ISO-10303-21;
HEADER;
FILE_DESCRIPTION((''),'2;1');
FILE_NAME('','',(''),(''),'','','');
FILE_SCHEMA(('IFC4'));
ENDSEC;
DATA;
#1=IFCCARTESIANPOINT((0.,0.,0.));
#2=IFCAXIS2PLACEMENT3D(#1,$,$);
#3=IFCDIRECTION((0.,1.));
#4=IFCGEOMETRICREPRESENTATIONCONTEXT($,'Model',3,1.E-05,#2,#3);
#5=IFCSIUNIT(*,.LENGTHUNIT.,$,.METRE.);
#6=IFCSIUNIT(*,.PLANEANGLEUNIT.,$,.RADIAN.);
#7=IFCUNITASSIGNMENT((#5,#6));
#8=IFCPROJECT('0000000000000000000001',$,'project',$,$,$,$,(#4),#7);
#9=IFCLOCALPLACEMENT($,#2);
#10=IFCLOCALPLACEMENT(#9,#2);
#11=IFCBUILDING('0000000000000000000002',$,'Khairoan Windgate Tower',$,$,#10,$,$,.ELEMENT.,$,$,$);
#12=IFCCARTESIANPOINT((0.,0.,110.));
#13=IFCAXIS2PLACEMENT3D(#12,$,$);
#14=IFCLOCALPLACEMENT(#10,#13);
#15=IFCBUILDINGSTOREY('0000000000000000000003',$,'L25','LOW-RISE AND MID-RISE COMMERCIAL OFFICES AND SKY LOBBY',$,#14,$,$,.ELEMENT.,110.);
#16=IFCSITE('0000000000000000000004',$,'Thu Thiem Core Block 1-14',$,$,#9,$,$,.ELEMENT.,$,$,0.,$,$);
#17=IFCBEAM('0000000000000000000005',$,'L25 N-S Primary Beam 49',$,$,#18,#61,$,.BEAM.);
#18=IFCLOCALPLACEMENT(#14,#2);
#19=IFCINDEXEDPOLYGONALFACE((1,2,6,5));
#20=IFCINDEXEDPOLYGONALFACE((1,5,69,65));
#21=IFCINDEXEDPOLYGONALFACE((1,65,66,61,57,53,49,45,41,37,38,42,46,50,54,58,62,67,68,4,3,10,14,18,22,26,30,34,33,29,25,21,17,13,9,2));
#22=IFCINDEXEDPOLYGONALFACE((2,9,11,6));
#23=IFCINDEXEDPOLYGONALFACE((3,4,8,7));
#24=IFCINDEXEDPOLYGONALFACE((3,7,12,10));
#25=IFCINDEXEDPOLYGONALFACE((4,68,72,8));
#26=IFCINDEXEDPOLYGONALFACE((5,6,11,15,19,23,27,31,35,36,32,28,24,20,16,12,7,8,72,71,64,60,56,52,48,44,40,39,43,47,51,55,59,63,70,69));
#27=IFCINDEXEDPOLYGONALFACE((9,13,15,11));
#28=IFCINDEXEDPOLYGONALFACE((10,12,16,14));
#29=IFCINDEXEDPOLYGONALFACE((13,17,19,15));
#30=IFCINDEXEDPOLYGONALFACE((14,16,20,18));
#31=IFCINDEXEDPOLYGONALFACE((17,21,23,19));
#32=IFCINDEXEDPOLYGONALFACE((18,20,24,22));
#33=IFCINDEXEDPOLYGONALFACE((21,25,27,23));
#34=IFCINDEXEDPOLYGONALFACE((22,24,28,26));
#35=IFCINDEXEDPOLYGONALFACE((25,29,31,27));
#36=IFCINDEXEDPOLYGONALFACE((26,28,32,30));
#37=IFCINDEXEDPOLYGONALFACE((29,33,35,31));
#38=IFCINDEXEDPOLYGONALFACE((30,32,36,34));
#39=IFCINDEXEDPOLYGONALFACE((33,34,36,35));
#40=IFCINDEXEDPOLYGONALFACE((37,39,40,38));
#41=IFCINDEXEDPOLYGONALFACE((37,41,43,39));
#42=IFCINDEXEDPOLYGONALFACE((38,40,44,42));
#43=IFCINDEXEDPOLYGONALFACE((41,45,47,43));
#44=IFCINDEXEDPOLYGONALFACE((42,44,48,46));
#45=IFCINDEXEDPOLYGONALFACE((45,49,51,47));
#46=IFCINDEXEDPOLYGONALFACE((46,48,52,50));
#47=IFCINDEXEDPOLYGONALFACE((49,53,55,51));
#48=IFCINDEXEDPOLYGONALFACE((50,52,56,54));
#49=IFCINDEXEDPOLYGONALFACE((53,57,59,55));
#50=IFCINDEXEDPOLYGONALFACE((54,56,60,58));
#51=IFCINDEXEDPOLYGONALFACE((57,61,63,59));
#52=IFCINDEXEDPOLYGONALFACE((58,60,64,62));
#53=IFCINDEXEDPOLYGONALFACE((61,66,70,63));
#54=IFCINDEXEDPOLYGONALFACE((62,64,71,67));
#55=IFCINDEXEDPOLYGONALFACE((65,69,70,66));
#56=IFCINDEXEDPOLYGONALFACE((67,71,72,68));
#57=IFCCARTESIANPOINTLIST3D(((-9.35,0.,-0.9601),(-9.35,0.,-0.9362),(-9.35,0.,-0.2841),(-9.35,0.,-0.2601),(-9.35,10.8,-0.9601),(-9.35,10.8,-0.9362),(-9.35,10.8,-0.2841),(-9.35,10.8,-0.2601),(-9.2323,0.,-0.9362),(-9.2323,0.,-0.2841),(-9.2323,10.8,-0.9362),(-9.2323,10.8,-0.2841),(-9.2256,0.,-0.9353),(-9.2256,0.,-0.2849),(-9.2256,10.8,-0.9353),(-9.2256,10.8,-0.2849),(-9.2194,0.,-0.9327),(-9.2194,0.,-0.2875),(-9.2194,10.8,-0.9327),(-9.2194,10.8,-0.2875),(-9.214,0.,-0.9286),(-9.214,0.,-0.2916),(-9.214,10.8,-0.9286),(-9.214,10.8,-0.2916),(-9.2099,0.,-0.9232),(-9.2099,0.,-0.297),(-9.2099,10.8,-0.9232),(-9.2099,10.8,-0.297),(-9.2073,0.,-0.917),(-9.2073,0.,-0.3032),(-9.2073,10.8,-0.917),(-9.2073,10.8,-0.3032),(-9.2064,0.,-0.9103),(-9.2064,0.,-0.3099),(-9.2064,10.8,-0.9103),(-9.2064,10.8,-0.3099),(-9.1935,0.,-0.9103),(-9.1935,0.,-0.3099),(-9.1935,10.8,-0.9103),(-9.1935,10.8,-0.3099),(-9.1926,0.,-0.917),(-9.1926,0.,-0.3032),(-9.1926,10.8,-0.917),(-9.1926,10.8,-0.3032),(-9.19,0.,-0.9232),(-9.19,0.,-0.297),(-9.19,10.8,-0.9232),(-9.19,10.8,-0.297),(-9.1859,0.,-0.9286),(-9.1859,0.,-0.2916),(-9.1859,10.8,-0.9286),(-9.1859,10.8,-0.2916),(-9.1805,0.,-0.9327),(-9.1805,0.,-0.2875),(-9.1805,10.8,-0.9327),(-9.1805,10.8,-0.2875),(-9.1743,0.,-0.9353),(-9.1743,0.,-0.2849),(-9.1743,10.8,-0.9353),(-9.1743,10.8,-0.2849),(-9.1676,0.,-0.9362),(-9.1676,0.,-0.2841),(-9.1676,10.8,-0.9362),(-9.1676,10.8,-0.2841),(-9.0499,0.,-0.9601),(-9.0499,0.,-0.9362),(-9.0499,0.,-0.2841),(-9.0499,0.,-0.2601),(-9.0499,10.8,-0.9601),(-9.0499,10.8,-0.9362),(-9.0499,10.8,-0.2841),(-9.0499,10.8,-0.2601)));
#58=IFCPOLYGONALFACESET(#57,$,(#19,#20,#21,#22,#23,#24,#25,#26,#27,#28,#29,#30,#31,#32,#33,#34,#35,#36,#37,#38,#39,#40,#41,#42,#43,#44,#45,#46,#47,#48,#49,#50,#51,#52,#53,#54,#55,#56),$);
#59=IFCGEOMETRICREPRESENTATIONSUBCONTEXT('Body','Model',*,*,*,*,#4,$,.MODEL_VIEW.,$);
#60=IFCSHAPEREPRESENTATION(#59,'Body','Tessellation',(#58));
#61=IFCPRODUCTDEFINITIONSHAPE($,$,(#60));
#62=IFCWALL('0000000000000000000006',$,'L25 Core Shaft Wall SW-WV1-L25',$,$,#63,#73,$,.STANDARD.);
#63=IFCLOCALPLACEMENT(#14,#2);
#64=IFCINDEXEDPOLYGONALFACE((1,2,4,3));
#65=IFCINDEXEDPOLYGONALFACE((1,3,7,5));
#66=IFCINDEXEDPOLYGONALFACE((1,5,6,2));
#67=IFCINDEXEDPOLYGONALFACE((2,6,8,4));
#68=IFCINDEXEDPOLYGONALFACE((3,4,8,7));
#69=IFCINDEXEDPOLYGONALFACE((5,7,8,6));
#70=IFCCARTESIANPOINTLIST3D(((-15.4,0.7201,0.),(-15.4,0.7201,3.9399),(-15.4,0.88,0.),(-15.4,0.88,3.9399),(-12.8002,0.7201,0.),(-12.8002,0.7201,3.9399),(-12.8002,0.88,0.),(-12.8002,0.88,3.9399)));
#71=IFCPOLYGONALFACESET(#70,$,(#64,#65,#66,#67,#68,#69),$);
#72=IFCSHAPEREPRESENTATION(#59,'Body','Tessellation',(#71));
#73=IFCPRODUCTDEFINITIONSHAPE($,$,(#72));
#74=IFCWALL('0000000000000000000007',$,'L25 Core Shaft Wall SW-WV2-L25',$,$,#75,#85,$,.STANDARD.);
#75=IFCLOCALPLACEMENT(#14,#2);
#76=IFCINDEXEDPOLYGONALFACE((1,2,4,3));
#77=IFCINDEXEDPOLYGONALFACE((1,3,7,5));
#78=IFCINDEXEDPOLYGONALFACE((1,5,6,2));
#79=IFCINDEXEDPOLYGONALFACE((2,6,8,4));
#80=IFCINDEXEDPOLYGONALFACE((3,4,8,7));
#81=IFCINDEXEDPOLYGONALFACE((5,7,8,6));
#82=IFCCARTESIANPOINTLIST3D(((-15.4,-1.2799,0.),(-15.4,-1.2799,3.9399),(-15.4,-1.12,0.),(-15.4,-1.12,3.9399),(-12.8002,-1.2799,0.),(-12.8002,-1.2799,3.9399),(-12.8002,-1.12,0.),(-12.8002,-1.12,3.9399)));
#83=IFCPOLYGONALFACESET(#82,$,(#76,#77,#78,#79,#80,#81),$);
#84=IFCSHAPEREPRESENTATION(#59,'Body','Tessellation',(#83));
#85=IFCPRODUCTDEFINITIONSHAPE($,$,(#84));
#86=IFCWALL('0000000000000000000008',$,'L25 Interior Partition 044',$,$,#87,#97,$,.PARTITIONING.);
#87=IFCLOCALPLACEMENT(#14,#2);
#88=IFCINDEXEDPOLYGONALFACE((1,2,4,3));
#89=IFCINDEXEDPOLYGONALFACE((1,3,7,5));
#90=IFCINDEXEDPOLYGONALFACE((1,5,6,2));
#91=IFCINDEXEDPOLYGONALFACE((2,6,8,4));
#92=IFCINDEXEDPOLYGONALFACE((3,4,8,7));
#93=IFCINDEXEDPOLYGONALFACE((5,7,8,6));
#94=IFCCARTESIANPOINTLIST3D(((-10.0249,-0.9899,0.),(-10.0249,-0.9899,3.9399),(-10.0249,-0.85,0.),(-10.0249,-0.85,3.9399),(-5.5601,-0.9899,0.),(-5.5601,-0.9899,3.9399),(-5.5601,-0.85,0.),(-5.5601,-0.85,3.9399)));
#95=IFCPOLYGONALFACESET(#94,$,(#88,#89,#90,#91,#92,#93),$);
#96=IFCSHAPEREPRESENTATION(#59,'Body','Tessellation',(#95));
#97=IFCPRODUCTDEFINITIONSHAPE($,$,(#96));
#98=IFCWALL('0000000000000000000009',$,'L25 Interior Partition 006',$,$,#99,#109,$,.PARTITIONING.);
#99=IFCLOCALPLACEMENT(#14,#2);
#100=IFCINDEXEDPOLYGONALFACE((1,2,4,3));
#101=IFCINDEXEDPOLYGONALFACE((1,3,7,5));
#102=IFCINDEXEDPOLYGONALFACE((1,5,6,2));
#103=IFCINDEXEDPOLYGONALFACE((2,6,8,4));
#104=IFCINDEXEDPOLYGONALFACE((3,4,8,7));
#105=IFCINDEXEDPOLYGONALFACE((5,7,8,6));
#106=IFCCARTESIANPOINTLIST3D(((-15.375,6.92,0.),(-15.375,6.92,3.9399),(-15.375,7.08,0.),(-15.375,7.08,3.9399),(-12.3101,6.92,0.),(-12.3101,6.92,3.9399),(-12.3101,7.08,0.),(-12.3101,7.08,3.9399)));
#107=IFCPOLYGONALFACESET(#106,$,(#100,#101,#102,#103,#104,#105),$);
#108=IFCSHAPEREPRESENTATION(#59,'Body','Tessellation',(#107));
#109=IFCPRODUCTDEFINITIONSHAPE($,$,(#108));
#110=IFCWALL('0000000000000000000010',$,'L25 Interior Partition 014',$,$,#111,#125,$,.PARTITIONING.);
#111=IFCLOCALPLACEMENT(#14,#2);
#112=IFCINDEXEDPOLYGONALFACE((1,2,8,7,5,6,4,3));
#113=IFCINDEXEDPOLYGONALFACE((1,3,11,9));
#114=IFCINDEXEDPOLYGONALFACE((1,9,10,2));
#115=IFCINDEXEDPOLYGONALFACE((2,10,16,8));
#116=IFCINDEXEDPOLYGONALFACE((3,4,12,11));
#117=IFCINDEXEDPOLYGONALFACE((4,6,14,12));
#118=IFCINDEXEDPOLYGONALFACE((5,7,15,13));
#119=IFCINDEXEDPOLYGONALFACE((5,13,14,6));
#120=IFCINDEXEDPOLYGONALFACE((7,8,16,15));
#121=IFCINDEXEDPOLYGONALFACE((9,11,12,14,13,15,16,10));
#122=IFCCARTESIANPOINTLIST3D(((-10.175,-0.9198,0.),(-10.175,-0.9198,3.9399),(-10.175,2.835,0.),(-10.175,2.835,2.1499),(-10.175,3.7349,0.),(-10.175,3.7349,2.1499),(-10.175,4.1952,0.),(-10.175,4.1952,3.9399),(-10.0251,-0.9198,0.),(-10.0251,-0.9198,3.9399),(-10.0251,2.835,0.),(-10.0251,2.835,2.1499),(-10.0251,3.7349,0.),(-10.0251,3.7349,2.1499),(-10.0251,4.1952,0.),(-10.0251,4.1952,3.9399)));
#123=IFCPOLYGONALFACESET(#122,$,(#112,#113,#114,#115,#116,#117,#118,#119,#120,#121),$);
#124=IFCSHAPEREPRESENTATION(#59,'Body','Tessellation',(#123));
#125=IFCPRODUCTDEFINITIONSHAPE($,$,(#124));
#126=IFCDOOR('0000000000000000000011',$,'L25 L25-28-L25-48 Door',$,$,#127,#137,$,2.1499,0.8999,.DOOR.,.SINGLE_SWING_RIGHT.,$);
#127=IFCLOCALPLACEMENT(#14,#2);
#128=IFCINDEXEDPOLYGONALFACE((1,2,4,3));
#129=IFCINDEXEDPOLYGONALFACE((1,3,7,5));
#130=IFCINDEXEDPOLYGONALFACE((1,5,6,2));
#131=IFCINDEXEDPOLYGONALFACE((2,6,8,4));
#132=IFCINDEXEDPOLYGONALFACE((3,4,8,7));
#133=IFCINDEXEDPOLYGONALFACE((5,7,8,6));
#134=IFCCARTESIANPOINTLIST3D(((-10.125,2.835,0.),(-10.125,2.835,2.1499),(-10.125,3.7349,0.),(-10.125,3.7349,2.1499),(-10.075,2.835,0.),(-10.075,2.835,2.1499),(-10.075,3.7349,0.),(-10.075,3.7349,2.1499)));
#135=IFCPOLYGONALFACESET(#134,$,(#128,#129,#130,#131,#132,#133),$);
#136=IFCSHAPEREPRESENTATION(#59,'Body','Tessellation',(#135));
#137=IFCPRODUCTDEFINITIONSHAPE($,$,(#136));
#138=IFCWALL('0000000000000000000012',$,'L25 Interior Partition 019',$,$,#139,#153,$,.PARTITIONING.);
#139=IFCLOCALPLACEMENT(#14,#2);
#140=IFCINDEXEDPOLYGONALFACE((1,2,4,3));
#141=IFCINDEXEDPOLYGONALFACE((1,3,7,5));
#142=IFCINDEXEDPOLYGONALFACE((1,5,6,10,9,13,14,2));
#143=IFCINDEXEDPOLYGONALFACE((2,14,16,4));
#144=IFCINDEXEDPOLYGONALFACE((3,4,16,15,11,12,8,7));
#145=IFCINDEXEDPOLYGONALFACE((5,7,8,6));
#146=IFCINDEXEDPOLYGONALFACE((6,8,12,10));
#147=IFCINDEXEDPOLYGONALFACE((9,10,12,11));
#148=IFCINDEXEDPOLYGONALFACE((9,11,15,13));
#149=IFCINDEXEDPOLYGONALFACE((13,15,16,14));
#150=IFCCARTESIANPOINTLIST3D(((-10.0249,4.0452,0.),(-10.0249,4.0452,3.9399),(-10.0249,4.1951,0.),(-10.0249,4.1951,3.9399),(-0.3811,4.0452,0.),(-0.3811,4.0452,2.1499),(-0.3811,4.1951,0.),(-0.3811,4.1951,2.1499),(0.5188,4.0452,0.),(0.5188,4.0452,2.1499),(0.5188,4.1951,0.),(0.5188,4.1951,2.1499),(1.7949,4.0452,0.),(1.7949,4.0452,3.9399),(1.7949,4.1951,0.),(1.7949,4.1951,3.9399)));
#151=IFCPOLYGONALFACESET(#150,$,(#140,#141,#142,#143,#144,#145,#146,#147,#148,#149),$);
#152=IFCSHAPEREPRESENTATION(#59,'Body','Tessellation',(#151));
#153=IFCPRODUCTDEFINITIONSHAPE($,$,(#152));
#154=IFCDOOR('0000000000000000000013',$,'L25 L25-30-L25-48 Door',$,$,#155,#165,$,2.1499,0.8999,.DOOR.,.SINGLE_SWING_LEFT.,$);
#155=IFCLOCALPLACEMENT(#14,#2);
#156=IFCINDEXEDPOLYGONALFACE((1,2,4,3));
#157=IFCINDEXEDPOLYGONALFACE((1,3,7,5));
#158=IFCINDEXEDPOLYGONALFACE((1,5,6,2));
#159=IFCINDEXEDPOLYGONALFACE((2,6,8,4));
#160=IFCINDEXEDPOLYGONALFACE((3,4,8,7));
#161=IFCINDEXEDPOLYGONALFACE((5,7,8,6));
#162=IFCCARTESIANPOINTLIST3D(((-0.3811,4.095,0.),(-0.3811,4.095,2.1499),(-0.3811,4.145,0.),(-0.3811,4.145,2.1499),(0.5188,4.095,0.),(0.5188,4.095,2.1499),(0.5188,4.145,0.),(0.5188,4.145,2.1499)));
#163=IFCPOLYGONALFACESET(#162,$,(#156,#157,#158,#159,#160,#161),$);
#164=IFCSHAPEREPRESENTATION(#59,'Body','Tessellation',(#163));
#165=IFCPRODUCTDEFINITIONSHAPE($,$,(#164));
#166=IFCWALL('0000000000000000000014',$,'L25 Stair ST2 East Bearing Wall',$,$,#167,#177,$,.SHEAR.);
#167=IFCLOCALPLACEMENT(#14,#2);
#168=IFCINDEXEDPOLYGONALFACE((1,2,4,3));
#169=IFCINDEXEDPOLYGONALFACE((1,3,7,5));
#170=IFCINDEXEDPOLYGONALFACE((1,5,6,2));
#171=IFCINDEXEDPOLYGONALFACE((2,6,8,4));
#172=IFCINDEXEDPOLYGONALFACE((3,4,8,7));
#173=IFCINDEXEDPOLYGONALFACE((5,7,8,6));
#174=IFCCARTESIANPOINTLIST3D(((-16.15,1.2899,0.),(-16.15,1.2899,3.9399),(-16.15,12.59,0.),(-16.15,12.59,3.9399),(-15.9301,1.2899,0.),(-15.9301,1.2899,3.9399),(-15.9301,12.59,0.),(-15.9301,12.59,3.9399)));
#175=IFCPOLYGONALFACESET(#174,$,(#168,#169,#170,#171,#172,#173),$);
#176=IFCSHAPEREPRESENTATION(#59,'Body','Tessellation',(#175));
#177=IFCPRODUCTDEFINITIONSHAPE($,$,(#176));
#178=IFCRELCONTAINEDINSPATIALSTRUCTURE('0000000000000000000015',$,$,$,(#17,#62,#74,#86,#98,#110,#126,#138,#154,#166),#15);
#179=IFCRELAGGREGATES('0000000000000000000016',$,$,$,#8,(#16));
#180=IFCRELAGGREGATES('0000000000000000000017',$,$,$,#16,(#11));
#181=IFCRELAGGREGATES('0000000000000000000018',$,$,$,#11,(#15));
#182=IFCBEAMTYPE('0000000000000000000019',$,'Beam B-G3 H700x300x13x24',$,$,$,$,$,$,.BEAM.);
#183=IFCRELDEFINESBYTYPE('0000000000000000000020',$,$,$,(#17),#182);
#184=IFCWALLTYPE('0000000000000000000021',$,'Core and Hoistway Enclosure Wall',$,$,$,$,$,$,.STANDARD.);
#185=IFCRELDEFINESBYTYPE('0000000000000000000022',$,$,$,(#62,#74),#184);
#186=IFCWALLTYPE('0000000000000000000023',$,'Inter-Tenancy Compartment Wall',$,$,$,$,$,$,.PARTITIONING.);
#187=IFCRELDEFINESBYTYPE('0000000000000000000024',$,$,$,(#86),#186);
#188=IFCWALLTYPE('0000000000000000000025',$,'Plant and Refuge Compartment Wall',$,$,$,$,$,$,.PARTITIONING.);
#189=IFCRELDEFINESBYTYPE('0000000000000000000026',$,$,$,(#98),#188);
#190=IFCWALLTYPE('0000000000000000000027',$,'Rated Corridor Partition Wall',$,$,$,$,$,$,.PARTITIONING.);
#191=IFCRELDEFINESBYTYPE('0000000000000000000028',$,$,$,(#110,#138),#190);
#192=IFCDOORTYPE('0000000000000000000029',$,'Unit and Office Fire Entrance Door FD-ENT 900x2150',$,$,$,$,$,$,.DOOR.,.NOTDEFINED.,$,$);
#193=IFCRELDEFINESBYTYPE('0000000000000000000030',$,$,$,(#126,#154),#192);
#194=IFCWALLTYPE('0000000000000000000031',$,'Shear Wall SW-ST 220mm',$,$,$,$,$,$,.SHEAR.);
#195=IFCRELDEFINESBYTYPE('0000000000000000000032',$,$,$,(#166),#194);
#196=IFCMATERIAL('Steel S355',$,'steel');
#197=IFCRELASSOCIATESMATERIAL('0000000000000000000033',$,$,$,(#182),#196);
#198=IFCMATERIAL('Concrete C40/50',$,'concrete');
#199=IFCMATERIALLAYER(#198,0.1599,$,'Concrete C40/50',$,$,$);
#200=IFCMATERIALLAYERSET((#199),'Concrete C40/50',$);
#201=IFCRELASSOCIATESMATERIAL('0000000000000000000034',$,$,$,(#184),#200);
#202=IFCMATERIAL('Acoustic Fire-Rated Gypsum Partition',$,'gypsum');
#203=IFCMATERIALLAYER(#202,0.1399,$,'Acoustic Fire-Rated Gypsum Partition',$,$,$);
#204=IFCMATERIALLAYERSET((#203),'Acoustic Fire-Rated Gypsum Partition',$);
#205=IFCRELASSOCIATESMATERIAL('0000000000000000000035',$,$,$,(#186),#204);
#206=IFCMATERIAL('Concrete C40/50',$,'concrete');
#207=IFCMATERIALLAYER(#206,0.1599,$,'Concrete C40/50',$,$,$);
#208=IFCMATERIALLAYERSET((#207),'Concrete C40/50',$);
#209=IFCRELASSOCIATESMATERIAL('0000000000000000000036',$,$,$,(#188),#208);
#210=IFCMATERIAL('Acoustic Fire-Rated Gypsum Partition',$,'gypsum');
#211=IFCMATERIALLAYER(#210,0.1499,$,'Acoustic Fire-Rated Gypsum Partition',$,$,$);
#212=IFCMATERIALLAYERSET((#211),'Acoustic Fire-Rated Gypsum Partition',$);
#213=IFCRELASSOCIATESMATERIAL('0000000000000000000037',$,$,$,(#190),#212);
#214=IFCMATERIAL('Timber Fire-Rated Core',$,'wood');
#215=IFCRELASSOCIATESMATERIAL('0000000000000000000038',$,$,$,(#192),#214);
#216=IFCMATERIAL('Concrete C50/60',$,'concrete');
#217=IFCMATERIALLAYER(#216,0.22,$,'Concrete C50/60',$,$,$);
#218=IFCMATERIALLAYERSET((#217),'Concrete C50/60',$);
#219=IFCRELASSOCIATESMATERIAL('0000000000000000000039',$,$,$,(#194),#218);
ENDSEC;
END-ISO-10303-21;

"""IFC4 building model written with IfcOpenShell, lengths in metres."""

from ifc_helpers import new_model, si_unit, direction, frame, frame_2d, origin, origin_2d, place, context, subcontext, project, spatial, rectangle, i_section, extrude, material, layer, layer_set, material_profile, profile_set, type_object, element, fill, save


model = new_model("IFC4")

# Units and contexts
model_context = context("Model", 3, precision=1e-05, world=origin(), true_north=direction((0.0, 1.0)))
body_context = subcontext(model_context, "Body", "Model", "MODEL_VIEW")
ifc_project = project(units=[si_unit("LENGTHUNIT", "METRE"), si_unit("PLANEANGLEUNIT", "RADIAN")], contexts=[model_context])

# Site, building, storey
site_placement = place(None, origin())
site = spatial("IfcSite", under=ifc_project, at=site_placement, Name="Thu Thiem Core Block 1-14", CompositionType="ELEMENT", RefElevation=0.0)
building_placement = place(site_placement, origin())
building = spatial("IfcBuilding", under=site, at=building_placement, Name="Khairoan Windgate Tower", CompositionType="ELEMENT")
storey_placement = place(building_placement, frame((0.0, 0.0, 110.0)))
storey = spatial("IfcBuildingStorey", under=building, at=storey_placement, Name="L25", Description="LOW-RISE AND MID-RISE COMMERCIAL OFFICES AND SKY LOBBY", CompositionType="ELEMENT", Elevation=110.0)

# Beam
ifc_material_1 = material(Name="Steel S355", Category="steel")
ifc_material_profile_1 = material_profile(ifc_material_1, i_section(OverallWidth=0.3, OverallDepth=0.7, WebThickness=0.0129, FlangeThickness=0.0239, FilletRadius=0.0259, at=origin_2d()))
ifc_profile_set_1 = profile_set([ifc_material_profile_1], Name="Steel S355")
beam_type = type_object("IfcBeamType", Name="Beam B-G3 H700x300x13x24", PredefinedType="BEAM", material=ifc_profile_set_1)
for number, where, z_axis, x_axis, name in (
    (1, (-9.2, 0.0, -0.6101), (0.0, 1.0, 0.0), (-1.0, 0.0, 0.0), "L25 N-S Primary Beam 49"),
):
    element("IfcBeam", number, at=place(storey_placement, frame(where, z_axis=z_axis, x_axis=x_axis)), inside=storey, type_object=beam_type, Name=name, PredefinedType="BEAM", context=body_context, shape_type="SweptSolid", body=[
        extrude(i_section(OverallWidth=0.3, OverallDepth=0.7, WebThickness=0.0129, FlangeThickness=0.0239, FilletRadius=0.0259, at=origin_2d()), origin(), (0.0, 0.0, 1.0), 10.8),
    ])

# Walls
ifc_material_2 = material(Name="Concrete C40/50", Category="concrete")
ifc_layer_1 = layer(ifc_material_2, 0.1599, Name="Concrete C40/50")
ifc_layer_set_1 = layer_set([ifc_layer_1], Name="Concrete C40/50")
wall_type_1 = type_object("IfcWallType", Name="Core and Hoistway Enclosure Wall", PredefinedType="STANDARD", material=ifc_layer_set_1)
for number, where, z_axis, x_axis, name in (
    (2, (-15.3999, 0.8, 0.0), (0.0, 0.0, 1.0), (1.0, 0.0, 0.0), "L25 Core Shaft Wall SW-WV1-L25"),
    (3, (-15.3999, -1.2, 0.0), (0.0, 0.0, 1.0), (1.0, 0.0, 0.0), "L25 Core Shaft Wall SW-WV2-L25"),
):
    element("IfcWall", number, at=place(storey_placement, frame(where, z_axis=z_axis, x_axis=x_axis)), inside=storey, type_object=wall_type_1, Name=name, PredefinedType="STANDARD", context=body_context, shape_type="SweptSolid", body=[
        extrude(rectangle(XDim=2.5999, YDim=0.1599, at=frame_2d((1.2998, 0.0))), origin(), (0.0, 0.0, 1.0), 3.9399),
    ])
ifc_material_3 = material(Name="Acoustic Fire-Rated Gypsum Partition", Category="gypsum")
ifc_layer_2 = layer(ifc_material_3, 0.1399, Name="Acoustic Fire-Rated Gypsum Partition")
ifc_layer_set_2 = layer_set([ifc_layer_2], Name="Acoustic Fire-Rated Gypsum Partition")
wall_type_2 = type_object("IfcWallType", Name="Inter-Tenancy Compartment Wall", PredefinedType="PARTITIONING", material=ifc_layer_set_2)
wall_1_placement = place(storey_placement, frame((-10.0249, -0.9199, 0.0), z_axis=(0.0, 0.0, 1.0), x_axis=(1.0, 0.0, 0.0)))
element("IfcWall", 4, at=wall_1_placement, inside=storey, type_object=wall_type_2, Name="L25 Interior Partition 044", PredefinedType="PARTITIONING", context=body_context, shape_type="SweptSolid", body=[
    extrude(rectangle(XDim=4.4648, YDim=0.1399, at=frame_2d((2.2324, 0.0))), origin(), (0.0, 0.0, 1.0), 3.9399),
])
ifc_material_4 = material(Name="Concrete C40/50", Category="concrete")
ifc_layer_3 = layer(ifc_material_4, 0.1599, Name="Concrete C40/50")
ifc_layer_set_3 = layer_set([ifc_layer_3], Name="Concrete C40/50")
wall_type_3 = type_object("IfcWallType", Name="Plant and Refuge Compartment Wall", PredefinedType="PARTITIONING", material=ifc_layer_set_3)
wall_2_placement = place(storey_placement, frame((-15.375, 7.0, 0.0), z_axis=(0.0, 0.0, 1.0), x_axis=(1.0, 0.0, 0.0)))
element("IfcWall", 5, at=wall_2_placement, inside=storey, type_object=wall_type_3, Name="L25 Interior Partition 006", PredefinedType="PARTITIONING", context=body_context, shape_type="SweptSolid", body=[
    extrude(rectangle(XDim=3.0649, YDim=0.1599, at=frame_2d((1.5325, 0.0))), origin(), (0.0, 0.0, 1.0), 3.9399),
])

# Walls, openings, doors
ifc_material_5 = material(Name="Acoustic Fire-Rated Gypsum Partition", Category="gypsum")
ifc_layer_4 = layer(ifc_material_5, 0.1499, Name="Acoustic Fire-Rated Gypsum Partition")
ifc_layer_set_4 = layer_set([ifc_layer_4], Name="Acoustic Fire-Rated Gypsum Partition")
wall_type_4 = type_object("IfcWallType", Name="Rated Corridor Partition Wall", PredefinedType="PARTITIONING", material=ifc_layer_set_4)
wall_3_placement = place(storey_placement, frame((-10.1001, -0.9199, 0.0), z_axis=(0.0, 0.0, 1.0), x_axis=(0.0, 1.0, 0.0)))
wall_3 = element("IfcWall", 6, at=wall_3_placement, inside=storey, type_object=wall_type_4, Name="L25 Interior Partition 014", PredefinedType="PARTITIONING", context=body_context, shape_type="SweptSolid", body=[
    extrude(rectangle(XDim=5.115, YDim=0.1499, at=frame_2d((2.5576, 0.0))), origin(), (0.0, 0.0, 1.0), 3.9399),
])
opening_1_placement = place(wall_3_placement, frame((3.7549, 0.0, 0.0)))
opening_1 = element("IfcOpeningElement", 7, at=opening_1_placement, cuts=wall_3, PredefinedType="OPENING", context=body_context, shape_type="SweptSolid", body=[
    extrude(rectangle(XDim=0.8999, YDim=2.1499, at=frame_2d((0.45, 1.075))), frame((0.0, 0.085, 0.0), z_axis=(0.0, -1.0, 0.0), x_axis=(1.0, 0.0, 0.0)), (0.0, 0.0, 1.0), 0.1699),
])
ifc_material_6 = material(Name="Timber Fire-Rated Core", Category="wood")
door_type = type_object("IfcDoorType", Name="Unit and Office Fire Entrance Door FD-ENT 900x2150", OperationType="NOTDEFINED", PredefinedType="DOOR", material=ifc_material_6)
door_1_placement = place(opening_1_placement, origin())
door_1 = element("IfcDoor", 8, at=door_1_placement, inside=storey, type_object=door_type, Name="L25 L25-28-L25-48 Door", OperationType="SINGLE_SWING_RIGHT", OverallHeight=2.1499, OverallWidth=0.8999, PredefinedType="DOOR", context=body_context, shape_type="SweptSolid", body=[
    extrude(rectangle(XDim=0.8999, YDim=2.1499, at=frame_2d((0.45, 1.075))), frame((0.0, 0.0249, 0.0), z_axis=(0.0, -1.0, 0.0), x_axis=(1.0, 0.0, 0.0)), (0.0, 0.0, 1.0), 0.05),
])
fill(opening_1, door_1)
wall_4_placement = place(storey_placement, frame((-10.0249, 4.1201, 0.0), z_axis=(0.0, 0.0, 1.0), x_axis=(1.0, 0.0, 0.0)))
wall_4 = element("IfcWall", 9, at=wall_4_placement, inside=storey, type_object=wall_type_4, Name="L25 Interior Partition 019", PredefinedType="PARTITIONING", context=body_context, shape_type="SweptSolid", body=[
    extrude(rectangle(XDim=11.8198, YDim=0.1499, at=frame_2d((5.9099, 0.0))), origin(), (0.0, 0.0, 1.0), 3.9399),
])
opening_2_placement = place(wall_4_placement, frame((9.6438, 0.0, 0.0)))
opening_2 = element("IfcOpeningElement", 10, at=opening_2_placement, cuts=wall_4, PredefinedType="OPENING", context=body_context, shape_type="SweptSolid", body=[
    extrude(rectangle(XDim=0.8999, YDim=2.1499, at=frame_2d((0.45, 1.075))), frame((0.0, 0.085, 0.0), z_axis=(0.0, -1.0, 0.0), x_axis=(1.0, 0.0, 0.0)), (0.0, 0.0, 1.0), 0.1699),
])
door_2_placement = place(opening_2_placement, origin())
door_2 = element("IfcDoor", 11, at=door_2_placement, inside=storey, type_object=door_type, Name="L25 L25-30-L25-48 Door", OperationType="SINGLE_SWING_LEFT", OverallHeight=2.1499, OverallWidth=0.8999, PredefinedType="DOOR", context=body_context, shape_type="SweptSolid", body=[
    extrude(rectangle(XDim=0.8999, YDim=2.1499, at=frame_2d((0.45, 1.075))), frame((0.0, 0.0249, 0.0), z_axis=(0.0, -1.0, 0.0), x_axis=(1.0, 0.0, 0.0)), (0.0, 0.0, 1.0), 0.05),
])
fill(opening_2, door_2)

# Wall
ifc_material_7 = material(Name="Concrete C50/60", Category="concrete")
ifc_layer_5 = layer(ifc_material_7, 0.22, Name="Concrete C50/60")
ifc_layer_set_5 = layer_set([ifc_layer_5], Name="Concrete C50/60")
wall_type_5 = type_object("IfcWallType", Name="Shear Wall SW-ST 220mm", PredefinedType="SHEAR", material=ifc_layer_set_5)
wall_5_placement = place(storey_placement, frame((-16.04, 1.29, 0.0), z_axis=(0.0, 0.0, 1.0), x_axis=(0.0, 1.0, 0.0)))
element("IfcWall", 12, at=wall_5_placement, inside=storey, type_object=wall_type_5, Name="L25 Stair ST2 East Bearing Wall", PredefinedType="SHEAR", context=body_context, shape_type="SweptSolid", body=[
    extrude(rectangle(XDim=11.3, YDim=0.22, at=frame_2d((5.6499, 0.0))), origin(), (0.0, 0.0, 1.0), 3.9399),
])

save(model, "model.ifc")
